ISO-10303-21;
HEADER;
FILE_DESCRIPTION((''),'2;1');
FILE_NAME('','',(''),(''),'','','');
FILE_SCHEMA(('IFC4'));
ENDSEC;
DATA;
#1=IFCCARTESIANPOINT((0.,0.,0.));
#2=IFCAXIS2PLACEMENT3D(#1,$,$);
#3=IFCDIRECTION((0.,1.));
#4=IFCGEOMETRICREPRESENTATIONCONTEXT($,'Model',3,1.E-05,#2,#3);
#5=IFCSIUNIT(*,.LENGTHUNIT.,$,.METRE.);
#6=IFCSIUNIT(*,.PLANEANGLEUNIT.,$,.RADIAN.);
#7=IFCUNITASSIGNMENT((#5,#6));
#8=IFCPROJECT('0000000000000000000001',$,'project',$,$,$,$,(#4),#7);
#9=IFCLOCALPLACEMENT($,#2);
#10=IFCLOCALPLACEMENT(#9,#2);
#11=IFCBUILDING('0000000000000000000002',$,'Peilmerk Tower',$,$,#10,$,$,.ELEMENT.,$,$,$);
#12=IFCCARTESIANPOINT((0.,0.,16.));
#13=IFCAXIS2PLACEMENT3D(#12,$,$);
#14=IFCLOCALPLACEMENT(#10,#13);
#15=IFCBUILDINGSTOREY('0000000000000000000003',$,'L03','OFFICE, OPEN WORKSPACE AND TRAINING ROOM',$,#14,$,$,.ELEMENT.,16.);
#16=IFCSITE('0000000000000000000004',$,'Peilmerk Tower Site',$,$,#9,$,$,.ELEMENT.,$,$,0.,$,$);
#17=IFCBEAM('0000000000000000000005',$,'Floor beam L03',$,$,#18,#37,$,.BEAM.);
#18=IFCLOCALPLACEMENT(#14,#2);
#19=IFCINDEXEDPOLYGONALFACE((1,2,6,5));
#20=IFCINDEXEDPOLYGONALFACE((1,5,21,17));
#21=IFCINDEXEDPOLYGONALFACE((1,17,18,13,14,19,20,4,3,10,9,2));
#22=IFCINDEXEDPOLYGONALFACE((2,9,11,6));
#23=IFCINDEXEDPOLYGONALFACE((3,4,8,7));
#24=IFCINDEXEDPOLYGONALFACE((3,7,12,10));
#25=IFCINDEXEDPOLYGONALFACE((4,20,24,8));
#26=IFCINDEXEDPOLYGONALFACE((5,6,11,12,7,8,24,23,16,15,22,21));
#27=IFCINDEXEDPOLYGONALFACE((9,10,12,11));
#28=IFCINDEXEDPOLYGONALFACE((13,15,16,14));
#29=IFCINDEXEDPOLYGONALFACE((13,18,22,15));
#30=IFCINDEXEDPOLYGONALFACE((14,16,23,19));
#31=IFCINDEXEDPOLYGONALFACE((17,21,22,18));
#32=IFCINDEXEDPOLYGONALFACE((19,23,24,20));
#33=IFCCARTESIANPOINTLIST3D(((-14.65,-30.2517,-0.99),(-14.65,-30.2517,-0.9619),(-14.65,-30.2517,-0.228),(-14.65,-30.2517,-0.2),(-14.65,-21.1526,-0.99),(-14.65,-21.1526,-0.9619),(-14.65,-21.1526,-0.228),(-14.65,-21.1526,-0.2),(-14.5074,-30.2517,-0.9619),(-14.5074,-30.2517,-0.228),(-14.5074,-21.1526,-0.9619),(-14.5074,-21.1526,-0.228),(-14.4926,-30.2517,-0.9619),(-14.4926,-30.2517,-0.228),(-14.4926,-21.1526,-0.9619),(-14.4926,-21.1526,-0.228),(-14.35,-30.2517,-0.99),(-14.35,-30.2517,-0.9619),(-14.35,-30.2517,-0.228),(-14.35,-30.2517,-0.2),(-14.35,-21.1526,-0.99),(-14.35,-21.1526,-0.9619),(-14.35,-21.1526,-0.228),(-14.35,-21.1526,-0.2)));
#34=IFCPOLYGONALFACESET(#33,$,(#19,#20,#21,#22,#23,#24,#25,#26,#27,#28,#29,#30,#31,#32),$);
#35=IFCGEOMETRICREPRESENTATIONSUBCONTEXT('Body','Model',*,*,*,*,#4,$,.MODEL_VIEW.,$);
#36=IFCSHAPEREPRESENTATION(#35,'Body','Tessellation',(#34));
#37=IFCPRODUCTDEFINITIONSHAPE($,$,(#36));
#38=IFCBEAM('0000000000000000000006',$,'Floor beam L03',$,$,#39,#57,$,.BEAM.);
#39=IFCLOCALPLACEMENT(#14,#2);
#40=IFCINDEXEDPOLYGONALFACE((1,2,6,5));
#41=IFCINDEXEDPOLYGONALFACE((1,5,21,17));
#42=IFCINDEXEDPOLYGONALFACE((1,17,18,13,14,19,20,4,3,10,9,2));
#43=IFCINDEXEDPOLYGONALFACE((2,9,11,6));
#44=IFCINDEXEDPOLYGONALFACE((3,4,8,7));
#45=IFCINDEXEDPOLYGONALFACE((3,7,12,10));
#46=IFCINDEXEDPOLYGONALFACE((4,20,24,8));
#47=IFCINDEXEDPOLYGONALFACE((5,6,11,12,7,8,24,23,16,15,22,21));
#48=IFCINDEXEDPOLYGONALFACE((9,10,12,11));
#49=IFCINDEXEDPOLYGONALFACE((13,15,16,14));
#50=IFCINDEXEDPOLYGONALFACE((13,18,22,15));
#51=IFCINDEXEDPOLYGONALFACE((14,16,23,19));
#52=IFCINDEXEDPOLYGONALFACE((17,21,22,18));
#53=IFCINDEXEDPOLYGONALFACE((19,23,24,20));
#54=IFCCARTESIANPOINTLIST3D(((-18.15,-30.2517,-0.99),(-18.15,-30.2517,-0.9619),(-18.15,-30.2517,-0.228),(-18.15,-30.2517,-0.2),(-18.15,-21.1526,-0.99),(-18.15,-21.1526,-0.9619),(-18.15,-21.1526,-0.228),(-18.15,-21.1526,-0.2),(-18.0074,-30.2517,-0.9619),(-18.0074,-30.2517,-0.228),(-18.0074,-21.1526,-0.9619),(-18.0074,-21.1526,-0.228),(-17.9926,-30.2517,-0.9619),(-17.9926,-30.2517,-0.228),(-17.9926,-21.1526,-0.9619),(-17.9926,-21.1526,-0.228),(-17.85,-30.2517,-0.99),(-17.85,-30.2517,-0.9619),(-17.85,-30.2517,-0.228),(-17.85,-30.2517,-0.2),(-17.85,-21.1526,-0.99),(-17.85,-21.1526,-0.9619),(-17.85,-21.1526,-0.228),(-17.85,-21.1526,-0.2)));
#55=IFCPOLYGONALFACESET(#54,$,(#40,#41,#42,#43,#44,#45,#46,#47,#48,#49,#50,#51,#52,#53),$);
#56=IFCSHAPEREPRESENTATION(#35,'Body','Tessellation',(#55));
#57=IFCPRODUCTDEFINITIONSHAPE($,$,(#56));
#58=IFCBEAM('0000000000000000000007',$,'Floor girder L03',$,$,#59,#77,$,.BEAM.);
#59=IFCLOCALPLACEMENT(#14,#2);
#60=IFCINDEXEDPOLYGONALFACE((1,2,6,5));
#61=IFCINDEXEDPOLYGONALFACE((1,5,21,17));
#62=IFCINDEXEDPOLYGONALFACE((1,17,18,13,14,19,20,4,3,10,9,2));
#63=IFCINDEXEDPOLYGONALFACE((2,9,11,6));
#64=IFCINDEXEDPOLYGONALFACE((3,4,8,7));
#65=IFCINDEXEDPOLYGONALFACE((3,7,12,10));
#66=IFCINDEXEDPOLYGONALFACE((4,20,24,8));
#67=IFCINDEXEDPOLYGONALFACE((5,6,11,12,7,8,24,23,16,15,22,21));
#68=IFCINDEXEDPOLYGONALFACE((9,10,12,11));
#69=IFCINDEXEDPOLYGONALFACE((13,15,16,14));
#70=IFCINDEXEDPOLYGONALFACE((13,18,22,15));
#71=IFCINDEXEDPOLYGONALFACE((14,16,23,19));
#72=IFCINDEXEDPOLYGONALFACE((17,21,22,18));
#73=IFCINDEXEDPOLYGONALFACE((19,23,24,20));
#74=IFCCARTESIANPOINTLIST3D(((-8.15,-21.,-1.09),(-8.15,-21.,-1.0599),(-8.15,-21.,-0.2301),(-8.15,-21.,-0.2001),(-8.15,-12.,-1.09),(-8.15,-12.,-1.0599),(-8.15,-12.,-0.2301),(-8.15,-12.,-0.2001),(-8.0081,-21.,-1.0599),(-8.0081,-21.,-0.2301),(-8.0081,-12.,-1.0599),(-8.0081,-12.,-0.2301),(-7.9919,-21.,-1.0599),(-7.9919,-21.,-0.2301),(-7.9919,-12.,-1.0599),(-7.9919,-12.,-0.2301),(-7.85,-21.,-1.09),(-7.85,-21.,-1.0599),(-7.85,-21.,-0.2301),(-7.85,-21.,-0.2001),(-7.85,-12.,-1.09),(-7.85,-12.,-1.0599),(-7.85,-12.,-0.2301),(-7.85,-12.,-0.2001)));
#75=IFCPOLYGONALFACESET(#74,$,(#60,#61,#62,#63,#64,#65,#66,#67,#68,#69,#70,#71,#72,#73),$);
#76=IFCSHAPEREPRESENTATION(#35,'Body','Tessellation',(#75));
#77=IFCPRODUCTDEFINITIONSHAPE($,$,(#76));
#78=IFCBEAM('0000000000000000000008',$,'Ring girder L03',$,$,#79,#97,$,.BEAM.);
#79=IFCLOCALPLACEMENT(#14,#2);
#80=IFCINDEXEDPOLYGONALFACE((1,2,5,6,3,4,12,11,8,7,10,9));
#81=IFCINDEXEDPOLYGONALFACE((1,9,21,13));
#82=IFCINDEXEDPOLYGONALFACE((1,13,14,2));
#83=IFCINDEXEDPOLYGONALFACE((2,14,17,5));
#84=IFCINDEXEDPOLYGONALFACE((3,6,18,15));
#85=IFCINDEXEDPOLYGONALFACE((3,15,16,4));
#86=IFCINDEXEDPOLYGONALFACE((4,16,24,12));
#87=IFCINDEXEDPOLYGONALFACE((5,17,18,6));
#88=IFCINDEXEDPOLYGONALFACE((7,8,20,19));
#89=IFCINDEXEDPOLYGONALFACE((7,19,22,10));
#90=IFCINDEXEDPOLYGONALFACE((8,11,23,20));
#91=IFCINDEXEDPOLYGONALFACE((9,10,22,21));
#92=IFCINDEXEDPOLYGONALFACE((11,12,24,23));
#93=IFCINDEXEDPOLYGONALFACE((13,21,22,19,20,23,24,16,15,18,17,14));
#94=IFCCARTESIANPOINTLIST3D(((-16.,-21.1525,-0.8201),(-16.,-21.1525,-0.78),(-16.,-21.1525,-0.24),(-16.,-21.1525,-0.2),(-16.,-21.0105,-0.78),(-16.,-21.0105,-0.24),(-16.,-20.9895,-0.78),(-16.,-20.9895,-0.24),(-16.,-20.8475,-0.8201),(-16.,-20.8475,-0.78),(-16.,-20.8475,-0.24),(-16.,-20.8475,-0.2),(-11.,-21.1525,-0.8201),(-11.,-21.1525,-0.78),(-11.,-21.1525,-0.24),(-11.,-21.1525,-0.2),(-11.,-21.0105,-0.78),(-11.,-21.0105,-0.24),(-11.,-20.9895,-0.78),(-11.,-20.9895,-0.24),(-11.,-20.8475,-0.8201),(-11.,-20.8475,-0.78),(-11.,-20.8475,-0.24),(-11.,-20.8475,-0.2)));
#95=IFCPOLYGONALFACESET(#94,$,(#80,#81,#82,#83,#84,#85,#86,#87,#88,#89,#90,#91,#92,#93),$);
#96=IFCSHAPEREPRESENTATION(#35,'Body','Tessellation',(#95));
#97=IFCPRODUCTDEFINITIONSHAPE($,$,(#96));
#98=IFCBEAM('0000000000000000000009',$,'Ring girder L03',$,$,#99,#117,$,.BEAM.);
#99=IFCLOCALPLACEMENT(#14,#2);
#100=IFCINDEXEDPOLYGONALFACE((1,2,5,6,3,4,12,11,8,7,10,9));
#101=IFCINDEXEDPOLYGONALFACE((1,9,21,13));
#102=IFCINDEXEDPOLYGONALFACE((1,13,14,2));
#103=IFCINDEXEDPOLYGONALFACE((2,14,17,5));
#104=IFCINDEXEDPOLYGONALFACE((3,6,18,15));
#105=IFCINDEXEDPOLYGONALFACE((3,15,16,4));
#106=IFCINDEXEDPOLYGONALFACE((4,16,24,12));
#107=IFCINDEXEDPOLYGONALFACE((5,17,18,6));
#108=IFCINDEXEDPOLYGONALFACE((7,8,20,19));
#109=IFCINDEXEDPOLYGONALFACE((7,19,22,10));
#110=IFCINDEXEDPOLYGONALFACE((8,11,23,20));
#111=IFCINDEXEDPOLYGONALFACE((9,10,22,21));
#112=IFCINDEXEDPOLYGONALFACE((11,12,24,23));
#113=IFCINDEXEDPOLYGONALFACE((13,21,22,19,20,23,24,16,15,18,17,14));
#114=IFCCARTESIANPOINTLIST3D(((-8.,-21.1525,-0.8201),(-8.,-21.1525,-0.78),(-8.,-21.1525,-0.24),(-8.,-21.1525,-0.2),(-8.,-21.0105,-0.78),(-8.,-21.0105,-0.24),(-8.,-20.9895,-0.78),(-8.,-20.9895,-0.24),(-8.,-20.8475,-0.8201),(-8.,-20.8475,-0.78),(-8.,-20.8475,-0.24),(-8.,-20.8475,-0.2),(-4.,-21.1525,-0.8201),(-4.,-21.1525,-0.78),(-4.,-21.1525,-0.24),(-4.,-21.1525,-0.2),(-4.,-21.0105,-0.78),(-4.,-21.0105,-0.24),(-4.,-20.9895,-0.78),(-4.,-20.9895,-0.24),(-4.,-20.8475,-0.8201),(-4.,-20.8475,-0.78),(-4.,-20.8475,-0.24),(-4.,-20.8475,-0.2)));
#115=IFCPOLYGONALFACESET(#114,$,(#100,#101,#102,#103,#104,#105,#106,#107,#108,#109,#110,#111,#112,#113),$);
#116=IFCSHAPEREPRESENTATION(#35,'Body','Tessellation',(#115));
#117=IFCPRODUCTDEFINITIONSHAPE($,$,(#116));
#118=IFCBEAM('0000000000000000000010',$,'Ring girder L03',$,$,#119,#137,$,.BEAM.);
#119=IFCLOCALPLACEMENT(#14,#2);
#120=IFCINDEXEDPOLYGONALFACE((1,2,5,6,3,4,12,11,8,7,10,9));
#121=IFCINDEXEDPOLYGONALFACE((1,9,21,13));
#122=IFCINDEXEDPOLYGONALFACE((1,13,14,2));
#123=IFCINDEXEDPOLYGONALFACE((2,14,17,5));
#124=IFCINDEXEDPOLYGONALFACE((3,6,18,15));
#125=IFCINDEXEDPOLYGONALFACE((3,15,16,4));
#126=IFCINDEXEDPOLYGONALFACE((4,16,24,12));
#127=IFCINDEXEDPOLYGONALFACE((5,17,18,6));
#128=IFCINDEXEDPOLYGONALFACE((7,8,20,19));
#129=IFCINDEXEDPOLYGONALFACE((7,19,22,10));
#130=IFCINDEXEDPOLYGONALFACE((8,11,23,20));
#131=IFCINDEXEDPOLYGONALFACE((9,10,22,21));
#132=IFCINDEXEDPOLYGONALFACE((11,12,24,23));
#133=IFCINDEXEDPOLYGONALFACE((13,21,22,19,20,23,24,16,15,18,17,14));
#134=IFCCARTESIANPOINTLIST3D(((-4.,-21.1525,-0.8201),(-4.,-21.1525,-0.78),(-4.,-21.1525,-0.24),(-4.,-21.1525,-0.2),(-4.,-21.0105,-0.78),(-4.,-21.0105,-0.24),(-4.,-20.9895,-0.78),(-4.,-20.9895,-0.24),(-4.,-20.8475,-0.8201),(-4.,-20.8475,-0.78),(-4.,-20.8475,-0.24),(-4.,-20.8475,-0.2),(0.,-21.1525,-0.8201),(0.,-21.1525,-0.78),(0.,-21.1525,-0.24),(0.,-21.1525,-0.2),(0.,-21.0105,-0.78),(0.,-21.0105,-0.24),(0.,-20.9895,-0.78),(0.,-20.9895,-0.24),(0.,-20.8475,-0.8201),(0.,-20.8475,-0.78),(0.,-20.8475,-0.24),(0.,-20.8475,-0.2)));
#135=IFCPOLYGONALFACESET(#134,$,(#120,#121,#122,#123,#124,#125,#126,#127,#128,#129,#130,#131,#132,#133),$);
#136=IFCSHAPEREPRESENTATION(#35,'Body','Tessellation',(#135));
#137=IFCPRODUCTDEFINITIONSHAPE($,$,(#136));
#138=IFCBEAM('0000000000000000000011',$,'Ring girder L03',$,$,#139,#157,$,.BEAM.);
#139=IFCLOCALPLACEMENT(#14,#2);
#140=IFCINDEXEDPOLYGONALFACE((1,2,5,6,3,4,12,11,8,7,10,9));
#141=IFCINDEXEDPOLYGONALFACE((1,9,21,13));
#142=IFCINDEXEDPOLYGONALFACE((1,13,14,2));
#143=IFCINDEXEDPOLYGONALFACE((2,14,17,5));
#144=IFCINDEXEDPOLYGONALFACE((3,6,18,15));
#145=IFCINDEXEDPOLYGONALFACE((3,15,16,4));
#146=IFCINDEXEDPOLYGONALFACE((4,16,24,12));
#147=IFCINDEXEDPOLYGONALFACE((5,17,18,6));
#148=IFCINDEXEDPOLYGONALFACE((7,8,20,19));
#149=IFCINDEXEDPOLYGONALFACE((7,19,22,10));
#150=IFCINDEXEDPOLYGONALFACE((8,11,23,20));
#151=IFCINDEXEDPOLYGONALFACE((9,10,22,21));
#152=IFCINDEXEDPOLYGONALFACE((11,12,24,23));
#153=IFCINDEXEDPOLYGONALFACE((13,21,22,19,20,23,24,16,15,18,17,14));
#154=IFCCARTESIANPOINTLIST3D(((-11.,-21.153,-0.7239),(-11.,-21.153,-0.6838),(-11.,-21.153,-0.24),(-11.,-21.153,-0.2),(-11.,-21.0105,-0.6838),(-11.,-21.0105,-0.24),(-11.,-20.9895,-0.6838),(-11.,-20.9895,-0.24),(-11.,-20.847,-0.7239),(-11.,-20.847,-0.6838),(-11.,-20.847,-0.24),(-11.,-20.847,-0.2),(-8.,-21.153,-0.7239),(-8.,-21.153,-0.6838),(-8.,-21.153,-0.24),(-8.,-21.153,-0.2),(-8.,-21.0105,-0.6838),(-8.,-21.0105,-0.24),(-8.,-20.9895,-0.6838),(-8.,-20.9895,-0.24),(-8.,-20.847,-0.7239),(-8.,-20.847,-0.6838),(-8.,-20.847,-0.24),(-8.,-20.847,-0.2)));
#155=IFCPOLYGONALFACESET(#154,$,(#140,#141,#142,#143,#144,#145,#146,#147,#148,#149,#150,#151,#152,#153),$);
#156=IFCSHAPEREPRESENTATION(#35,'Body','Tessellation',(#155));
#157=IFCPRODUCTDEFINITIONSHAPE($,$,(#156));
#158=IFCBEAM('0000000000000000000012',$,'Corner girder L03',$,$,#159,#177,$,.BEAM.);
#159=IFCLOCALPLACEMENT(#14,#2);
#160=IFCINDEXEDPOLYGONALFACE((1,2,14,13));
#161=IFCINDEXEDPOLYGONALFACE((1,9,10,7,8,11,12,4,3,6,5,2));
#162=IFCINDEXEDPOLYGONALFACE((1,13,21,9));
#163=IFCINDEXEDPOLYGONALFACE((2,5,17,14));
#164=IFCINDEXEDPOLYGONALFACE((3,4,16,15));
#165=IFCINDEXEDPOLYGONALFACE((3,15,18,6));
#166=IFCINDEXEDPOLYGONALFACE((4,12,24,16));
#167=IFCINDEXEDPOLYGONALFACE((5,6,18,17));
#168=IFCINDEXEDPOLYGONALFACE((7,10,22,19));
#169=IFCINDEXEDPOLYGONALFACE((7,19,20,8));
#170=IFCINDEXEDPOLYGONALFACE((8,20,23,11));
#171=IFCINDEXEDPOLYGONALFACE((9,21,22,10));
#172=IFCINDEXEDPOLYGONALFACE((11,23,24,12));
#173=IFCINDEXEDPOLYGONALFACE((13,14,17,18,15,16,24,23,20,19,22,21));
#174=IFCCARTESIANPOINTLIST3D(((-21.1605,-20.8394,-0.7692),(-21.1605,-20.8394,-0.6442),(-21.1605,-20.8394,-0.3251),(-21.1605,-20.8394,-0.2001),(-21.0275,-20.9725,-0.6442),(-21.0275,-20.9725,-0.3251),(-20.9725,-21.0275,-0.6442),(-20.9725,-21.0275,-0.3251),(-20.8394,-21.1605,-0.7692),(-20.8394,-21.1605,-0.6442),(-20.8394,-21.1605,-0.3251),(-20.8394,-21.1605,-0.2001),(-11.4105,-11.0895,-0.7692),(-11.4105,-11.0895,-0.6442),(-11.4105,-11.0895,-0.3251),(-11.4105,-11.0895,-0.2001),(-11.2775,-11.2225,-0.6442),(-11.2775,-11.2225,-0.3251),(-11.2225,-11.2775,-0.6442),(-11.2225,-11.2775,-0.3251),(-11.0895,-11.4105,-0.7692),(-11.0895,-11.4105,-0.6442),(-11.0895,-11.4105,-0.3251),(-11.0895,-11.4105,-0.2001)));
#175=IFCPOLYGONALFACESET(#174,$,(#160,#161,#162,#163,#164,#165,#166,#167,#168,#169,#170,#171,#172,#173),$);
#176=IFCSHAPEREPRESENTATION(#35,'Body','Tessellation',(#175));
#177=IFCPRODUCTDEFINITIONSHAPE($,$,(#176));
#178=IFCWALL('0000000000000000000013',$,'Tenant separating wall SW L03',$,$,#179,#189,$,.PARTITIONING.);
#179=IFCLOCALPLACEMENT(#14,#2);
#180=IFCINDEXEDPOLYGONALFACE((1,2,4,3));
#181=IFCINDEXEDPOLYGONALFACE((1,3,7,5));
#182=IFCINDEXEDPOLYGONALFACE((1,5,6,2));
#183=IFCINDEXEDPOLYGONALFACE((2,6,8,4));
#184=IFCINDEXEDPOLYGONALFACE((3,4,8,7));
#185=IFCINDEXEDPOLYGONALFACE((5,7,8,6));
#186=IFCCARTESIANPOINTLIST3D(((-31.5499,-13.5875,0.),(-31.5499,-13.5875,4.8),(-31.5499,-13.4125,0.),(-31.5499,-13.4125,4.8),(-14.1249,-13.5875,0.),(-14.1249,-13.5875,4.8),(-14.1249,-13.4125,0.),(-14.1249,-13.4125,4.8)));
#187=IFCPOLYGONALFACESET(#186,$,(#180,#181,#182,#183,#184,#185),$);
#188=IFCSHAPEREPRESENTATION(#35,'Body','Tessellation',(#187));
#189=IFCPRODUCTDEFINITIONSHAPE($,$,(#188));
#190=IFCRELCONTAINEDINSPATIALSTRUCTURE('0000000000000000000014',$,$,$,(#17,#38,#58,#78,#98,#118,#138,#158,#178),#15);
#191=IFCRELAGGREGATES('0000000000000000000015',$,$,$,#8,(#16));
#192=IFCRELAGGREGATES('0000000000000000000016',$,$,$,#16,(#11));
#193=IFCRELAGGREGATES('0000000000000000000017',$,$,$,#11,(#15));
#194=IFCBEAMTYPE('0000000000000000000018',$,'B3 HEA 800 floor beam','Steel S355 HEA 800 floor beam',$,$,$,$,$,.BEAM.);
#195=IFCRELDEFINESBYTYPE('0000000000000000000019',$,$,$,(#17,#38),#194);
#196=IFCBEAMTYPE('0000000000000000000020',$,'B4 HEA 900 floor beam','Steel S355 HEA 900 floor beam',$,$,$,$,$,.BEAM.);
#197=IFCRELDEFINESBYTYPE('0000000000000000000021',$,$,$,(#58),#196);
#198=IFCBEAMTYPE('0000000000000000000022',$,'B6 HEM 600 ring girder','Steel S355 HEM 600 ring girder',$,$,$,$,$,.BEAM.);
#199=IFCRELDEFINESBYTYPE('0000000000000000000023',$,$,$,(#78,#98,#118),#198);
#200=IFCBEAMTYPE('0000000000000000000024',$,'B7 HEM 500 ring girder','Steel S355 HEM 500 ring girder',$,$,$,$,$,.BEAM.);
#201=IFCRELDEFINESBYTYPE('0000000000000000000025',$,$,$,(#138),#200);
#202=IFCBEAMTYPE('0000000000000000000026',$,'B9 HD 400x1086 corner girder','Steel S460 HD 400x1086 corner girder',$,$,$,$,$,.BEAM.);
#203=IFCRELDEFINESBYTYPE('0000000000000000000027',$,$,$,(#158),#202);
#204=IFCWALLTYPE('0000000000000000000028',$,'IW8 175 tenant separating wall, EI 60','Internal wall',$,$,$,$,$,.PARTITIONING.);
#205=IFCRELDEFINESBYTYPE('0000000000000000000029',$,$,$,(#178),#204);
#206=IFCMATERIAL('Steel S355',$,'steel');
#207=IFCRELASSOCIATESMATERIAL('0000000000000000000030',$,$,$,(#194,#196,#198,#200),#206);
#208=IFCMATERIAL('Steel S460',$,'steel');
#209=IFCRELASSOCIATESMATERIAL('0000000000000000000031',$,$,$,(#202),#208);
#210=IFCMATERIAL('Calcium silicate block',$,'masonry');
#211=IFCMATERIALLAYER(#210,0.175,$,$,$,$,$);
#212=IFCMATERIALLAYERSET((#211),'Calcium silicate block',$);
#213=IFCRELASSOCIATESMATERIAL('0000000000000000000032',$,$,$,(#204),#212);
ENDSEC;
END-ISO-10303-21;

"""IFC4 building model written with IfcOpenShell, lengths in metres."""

from ifc_helpers import new_model, si_unit, direction, frame, frame_2d, origin, origin_2d, place, context, subcontext, project, spatial, rectangle, i_section, extrude, material, layer, layer_set, material_profile, profile_set, type_object, element, save


model = new_model("IFC4")

# Units and contexts
model_context = context("Model", 3, precision=1e-05, world=origin(), true_north=direction((0.0, 1.0)))
body_context = subcontext(model_context, "Body", "Model", "MODEL_VIEW")
ifc_project = project(units=[si_unit("LENGTHUNIT", "METRE"), si_unit("PLANEANGLEUNIT", "RADIAN")], contexts=[model_context])

# Site, building, storey
site_placement = place(None, origin())
site = spatial("IfcSite", under=ifc_project, at=site_placement, Name="Peilmerk Tower Site", CompositionType="ELEMENT", RefElevation=0.0)
building_placement = place(site_placement, origin())
building = spatial("IfcBuilding", under=site, at=building_placement, Name="Peilmerk Tower", CompositionType="ELEMENT")
storey_placement = place(building_placement, frame((0.0, 0.0, 16.0)))
storey = spatial("IfcBuildingStorey", under=building, at=storey_placement, Name="L03", Description="OFFICE, OPEN WORKSPACE AND TRAINING ROOM", CompositionType="ELEMENT", Elevation=16.0)

# Beams
ifc_material_1 = material(Name="Steel S355", Category="steel")
ifc_material_profile_1 = material_profile(ifc_material_1, i_section(OverallWidth=0.3, OverallDepth=0.79, WebThickness=0.0149, FlangeThickness=0.0281, at=origin_2d()), Name="HEA 800")
ifc_profile_set_1 = profile_set([ifc_material_profile_1], Name="Steel S355")
beam_type_1 = type_object("IfcBeamType", Name="B3 HEA 800 floor beam", Description="Steel S355 HEA 800 floor beam", PredefinedType="BEAM", material=ifc_profile_set_1)
for number, where, z_axis, x_axis, name in (
    (1, (-14.5, -21.1526, -0.595), (0.0, -1.0, 0.0), (1.0, 0.0, 0.0), "Floor beam L03"),
    (2, (-18.0, -21.1526, -0.595), (0.0, -1.0, 0.0), (1.0, 0.0, 0.0), "Floor beam L03"),
):
    element("IfcBeam", number, at=place(storey_placement, frame(where, z_axis=z_axis, x_axis=x_axis)), inside=storey, type_object=beam_type_1, Name=name, PredefinedType="BEAM", context=body_context, shape_type="SweptSolid", body=[
        extrude(i_section(OverallWidth=0.3, OverallDepth=0.79, WebThickness=0.0149, FlangeThickness=0.0281, at=origin_2d()), origin(), (0.0, 0.0, 1.0), 9.0991),
    ])
ifc_material_profile_2 = material_profile(ifc_material_1, i_section(OverallWidth=0.3, OverallDepth=0.8899, WebThickness=0.0161, FlangeThickness=0.03, at=origin_2d()), Name="HEA 900")
ifc_profile_set_2 = profile_set([ifc_material_profile_2], Name="Steel S355")
beam_type_2 = type_object("IfcBeamType", Name="B4 HEA 900 floor beam", Description="Steel S355 HEA 900 floor beam", PredefinedType="BEAM", material=ifc_profile_set_2)
beam_1_placement = place(storey_placement, frame((-8.0, -12.0, -0.645), z_axis=(0.0, -1.0, 0.0), x_axis=(1.0, 0.0, 0.0)))
element("IfcBeam", 3, at=beam_1_placement, inside=storey, type_object=beam_type_2, Name="Floor girder L03", PredefinedType="BEAM", context=body_context, shape_type="SweptSolid", body=[
    extrude(i_section(OverallWidth=0.3, OverallDepth=0.8899, WebThickness=0.0161, FlangeThickness=0.03, at=origin_2d()), origin(), (0.0, 0.0, 1.0), 9.0),
])
ifc_material_profile_3 = material_profile(ifc_material_1, i_section(OverallWidth=0.3049, OverallDepth=0.6201, WebThickness=0.021, FlangeThickness=0.04, at=origin_2d()), Name="HEM 600")
ifc_profile_set_3 = profile_set([ifc_material_profile_3], Name="Steel S355")
beam_type_3 = type_object("IfcBeamType", Name="B6 HEM 600 ring girder", Description="Steel S355 HEM 600 ring girder", PredefinedType="BEAM", material=ifc_profile_set_3)
beam_2_placement = place(storey_placement, frame((-16.0, -21.0, -0.51), z_axis=(1.0, 0.0, 0.0), x_axis=(0.0, 1.0, 0.0)))
element("IfcBeam", 4, at=beam_2_placement, inside=storey, type_object=beam_type_3, Name="Ring girder L03", PredefinedType="BEAM", context=body_context, shape_type="SweptSolid", body=[
    extrude(i_section(OverallWidth=0.3049, OverallDepth=0.6201, WebThickness=0.021, FlangeThickness=0.04, at=origin_2d()), origin(), (0.0, 0.0, 1.0), 5.0),
])
for number, where, z_axis, x_axis, name in (
    (5, (-8.0, -21.0, -0.51), (1.0, 0.0, 0.0), (0.0, 1.0, 0.0), "Ring girder L03"),
    (6, (-4.0, -21.0, -0.51), (1.0, 0.0, 0.0), (0.0, 1.0, 0.0), "Ring girder L03"),
):
    element("IfcBeam", number, at=place(storey_placement, frame(where, z_axis=z_axis, x_axis=x_axis)), inside=storey, type_object=beam_type_3, Name=name, PredefinedType="BEAM", context=body_context, shape_type="SweptSolid", body=[
        extrude(i_section(OverallWidth=0.3049, OverallDepth=0.6201, WebThickness=0.021, FlangeThickness=0.04, at=origin_2d()), origin(), (0.0, 0.0, 1.0), 4.0),
    ])
ifc_material_profile_4 = material_profile(ifc_material_1, i_section(OverallWidth=0.3059, OverallDepth=0.5239, WebThickness=0.021, FlangeThickness=0.04, at=origin_2d()), Name="HEM 500")
ifc_profile_set_4 = profile_set([ifc_material_profile_4], Name="Steel S355")
beam_type_4 = type_object("IfcBeamType", Name="B7 HEM 500 ring girder", Description="Steel S355 HEM 500 ring girder", PredefinedType="BEAM", material=ifc_profile_set_4)
beam_3_placement = place(storey_placement, frame((-11.0, -21.0, -0.4619), z_axis=(1.0, 0.0, 0.0), x_axis=(0.0, 1.0, 0.0)))
element("IfcBeam", 7, at=beam_3_placement, inside=storey, type_object=beam_type_4, Name="Ring girder L03", PredefinedType="BEAM", context=body_context, shape_type="SweptSolid", body=[
    extrude(i_section(OverallWidth=0.3059, OverallDepth=0.5239, WebThickness=0.021, FlangeThickness=0.04, at=origin_2d()), origin(), (0.0, 0.0, 1.0), 3.0),
])
ifc_material_2 = material(Name="Steel S460", Category="steel")
ifc_material_profile_5 = material_profile(ifc_material_2, i_section(OverallWidth=0.4541, OverallDepth=0.5691, WebThickness=0.0779, FlangeThickness=0.125, at=origin_2d()), Name="HD 400x1086")
ifc_profile_set_5 = profile_set([ifc_material_profile_5], Name="Steel S460")
beam_type_5 = type_object("IfcBeamType", Name="B9 HD 400x1086 corner girder", Description="Steel S460 HD 400x1086 corner girder", PredefinedType="BEAM", material=ifc_profile_set_5)
beam_4_placement = place(storey_placement, frame((-11.25, -11.25, -0.4846), z_axis=(-0.707107, -0.707107, 0.0), x_axis=(0.707107, -0.707107, 0.0)))
element("IfcBeam", 8, at=beam_4_placement, inside=storey, type_object=beam_type_5, Name="Corner girder L03", PredefinedType="BEAM", context=body_context, shape_type="SweptSolid", body=[
    extrude(i_section(OverallWidth=0.4541, OverallDepth=0.5691, WebThickness=0.0779, FlangeThickness=0.125, at=origin_2d()), origin(), (0.0, 0.0, 1.0), 13.7886),
])

# Wall
ifc_material_3 = material(Name="Calcium silicate block", Category="masonry")
ifc_layer = layer(ifc_material_3, 0.175)
ifc_layer_set = layer_set([ifc_layer], Name="Calcium silicate block")
wall_type = type_object("IfcWallType", Name="IW8 175 tenant separating wall, EI 60", Description="Internal wall", PredefinedType="PARTITIONING", material=ifc_layer_set)
wall_1_placement = place(storey_placement, frame((-14.125, -13.5, 0.0), z_axis=(0.0, 0.0, 1.0), x_axis=(-1.0, 0.0, 0.0)))
element("IfcWall", 9, at=wall_1_placement, inside=storey, type_object=wall_type, Name="Tenant separating wall SW L03", PredefinedType="PARTITIONING", context=body_context, shape_type="SweptSolid", body=[
    extrude(rectangle(XDim=17.425, YDim=0.175, at=frame_2d((8.7124, 0.0))), origin(), (0.0, 0.0, 1.0), 4.8),
])

save(model, "model.ifc")
